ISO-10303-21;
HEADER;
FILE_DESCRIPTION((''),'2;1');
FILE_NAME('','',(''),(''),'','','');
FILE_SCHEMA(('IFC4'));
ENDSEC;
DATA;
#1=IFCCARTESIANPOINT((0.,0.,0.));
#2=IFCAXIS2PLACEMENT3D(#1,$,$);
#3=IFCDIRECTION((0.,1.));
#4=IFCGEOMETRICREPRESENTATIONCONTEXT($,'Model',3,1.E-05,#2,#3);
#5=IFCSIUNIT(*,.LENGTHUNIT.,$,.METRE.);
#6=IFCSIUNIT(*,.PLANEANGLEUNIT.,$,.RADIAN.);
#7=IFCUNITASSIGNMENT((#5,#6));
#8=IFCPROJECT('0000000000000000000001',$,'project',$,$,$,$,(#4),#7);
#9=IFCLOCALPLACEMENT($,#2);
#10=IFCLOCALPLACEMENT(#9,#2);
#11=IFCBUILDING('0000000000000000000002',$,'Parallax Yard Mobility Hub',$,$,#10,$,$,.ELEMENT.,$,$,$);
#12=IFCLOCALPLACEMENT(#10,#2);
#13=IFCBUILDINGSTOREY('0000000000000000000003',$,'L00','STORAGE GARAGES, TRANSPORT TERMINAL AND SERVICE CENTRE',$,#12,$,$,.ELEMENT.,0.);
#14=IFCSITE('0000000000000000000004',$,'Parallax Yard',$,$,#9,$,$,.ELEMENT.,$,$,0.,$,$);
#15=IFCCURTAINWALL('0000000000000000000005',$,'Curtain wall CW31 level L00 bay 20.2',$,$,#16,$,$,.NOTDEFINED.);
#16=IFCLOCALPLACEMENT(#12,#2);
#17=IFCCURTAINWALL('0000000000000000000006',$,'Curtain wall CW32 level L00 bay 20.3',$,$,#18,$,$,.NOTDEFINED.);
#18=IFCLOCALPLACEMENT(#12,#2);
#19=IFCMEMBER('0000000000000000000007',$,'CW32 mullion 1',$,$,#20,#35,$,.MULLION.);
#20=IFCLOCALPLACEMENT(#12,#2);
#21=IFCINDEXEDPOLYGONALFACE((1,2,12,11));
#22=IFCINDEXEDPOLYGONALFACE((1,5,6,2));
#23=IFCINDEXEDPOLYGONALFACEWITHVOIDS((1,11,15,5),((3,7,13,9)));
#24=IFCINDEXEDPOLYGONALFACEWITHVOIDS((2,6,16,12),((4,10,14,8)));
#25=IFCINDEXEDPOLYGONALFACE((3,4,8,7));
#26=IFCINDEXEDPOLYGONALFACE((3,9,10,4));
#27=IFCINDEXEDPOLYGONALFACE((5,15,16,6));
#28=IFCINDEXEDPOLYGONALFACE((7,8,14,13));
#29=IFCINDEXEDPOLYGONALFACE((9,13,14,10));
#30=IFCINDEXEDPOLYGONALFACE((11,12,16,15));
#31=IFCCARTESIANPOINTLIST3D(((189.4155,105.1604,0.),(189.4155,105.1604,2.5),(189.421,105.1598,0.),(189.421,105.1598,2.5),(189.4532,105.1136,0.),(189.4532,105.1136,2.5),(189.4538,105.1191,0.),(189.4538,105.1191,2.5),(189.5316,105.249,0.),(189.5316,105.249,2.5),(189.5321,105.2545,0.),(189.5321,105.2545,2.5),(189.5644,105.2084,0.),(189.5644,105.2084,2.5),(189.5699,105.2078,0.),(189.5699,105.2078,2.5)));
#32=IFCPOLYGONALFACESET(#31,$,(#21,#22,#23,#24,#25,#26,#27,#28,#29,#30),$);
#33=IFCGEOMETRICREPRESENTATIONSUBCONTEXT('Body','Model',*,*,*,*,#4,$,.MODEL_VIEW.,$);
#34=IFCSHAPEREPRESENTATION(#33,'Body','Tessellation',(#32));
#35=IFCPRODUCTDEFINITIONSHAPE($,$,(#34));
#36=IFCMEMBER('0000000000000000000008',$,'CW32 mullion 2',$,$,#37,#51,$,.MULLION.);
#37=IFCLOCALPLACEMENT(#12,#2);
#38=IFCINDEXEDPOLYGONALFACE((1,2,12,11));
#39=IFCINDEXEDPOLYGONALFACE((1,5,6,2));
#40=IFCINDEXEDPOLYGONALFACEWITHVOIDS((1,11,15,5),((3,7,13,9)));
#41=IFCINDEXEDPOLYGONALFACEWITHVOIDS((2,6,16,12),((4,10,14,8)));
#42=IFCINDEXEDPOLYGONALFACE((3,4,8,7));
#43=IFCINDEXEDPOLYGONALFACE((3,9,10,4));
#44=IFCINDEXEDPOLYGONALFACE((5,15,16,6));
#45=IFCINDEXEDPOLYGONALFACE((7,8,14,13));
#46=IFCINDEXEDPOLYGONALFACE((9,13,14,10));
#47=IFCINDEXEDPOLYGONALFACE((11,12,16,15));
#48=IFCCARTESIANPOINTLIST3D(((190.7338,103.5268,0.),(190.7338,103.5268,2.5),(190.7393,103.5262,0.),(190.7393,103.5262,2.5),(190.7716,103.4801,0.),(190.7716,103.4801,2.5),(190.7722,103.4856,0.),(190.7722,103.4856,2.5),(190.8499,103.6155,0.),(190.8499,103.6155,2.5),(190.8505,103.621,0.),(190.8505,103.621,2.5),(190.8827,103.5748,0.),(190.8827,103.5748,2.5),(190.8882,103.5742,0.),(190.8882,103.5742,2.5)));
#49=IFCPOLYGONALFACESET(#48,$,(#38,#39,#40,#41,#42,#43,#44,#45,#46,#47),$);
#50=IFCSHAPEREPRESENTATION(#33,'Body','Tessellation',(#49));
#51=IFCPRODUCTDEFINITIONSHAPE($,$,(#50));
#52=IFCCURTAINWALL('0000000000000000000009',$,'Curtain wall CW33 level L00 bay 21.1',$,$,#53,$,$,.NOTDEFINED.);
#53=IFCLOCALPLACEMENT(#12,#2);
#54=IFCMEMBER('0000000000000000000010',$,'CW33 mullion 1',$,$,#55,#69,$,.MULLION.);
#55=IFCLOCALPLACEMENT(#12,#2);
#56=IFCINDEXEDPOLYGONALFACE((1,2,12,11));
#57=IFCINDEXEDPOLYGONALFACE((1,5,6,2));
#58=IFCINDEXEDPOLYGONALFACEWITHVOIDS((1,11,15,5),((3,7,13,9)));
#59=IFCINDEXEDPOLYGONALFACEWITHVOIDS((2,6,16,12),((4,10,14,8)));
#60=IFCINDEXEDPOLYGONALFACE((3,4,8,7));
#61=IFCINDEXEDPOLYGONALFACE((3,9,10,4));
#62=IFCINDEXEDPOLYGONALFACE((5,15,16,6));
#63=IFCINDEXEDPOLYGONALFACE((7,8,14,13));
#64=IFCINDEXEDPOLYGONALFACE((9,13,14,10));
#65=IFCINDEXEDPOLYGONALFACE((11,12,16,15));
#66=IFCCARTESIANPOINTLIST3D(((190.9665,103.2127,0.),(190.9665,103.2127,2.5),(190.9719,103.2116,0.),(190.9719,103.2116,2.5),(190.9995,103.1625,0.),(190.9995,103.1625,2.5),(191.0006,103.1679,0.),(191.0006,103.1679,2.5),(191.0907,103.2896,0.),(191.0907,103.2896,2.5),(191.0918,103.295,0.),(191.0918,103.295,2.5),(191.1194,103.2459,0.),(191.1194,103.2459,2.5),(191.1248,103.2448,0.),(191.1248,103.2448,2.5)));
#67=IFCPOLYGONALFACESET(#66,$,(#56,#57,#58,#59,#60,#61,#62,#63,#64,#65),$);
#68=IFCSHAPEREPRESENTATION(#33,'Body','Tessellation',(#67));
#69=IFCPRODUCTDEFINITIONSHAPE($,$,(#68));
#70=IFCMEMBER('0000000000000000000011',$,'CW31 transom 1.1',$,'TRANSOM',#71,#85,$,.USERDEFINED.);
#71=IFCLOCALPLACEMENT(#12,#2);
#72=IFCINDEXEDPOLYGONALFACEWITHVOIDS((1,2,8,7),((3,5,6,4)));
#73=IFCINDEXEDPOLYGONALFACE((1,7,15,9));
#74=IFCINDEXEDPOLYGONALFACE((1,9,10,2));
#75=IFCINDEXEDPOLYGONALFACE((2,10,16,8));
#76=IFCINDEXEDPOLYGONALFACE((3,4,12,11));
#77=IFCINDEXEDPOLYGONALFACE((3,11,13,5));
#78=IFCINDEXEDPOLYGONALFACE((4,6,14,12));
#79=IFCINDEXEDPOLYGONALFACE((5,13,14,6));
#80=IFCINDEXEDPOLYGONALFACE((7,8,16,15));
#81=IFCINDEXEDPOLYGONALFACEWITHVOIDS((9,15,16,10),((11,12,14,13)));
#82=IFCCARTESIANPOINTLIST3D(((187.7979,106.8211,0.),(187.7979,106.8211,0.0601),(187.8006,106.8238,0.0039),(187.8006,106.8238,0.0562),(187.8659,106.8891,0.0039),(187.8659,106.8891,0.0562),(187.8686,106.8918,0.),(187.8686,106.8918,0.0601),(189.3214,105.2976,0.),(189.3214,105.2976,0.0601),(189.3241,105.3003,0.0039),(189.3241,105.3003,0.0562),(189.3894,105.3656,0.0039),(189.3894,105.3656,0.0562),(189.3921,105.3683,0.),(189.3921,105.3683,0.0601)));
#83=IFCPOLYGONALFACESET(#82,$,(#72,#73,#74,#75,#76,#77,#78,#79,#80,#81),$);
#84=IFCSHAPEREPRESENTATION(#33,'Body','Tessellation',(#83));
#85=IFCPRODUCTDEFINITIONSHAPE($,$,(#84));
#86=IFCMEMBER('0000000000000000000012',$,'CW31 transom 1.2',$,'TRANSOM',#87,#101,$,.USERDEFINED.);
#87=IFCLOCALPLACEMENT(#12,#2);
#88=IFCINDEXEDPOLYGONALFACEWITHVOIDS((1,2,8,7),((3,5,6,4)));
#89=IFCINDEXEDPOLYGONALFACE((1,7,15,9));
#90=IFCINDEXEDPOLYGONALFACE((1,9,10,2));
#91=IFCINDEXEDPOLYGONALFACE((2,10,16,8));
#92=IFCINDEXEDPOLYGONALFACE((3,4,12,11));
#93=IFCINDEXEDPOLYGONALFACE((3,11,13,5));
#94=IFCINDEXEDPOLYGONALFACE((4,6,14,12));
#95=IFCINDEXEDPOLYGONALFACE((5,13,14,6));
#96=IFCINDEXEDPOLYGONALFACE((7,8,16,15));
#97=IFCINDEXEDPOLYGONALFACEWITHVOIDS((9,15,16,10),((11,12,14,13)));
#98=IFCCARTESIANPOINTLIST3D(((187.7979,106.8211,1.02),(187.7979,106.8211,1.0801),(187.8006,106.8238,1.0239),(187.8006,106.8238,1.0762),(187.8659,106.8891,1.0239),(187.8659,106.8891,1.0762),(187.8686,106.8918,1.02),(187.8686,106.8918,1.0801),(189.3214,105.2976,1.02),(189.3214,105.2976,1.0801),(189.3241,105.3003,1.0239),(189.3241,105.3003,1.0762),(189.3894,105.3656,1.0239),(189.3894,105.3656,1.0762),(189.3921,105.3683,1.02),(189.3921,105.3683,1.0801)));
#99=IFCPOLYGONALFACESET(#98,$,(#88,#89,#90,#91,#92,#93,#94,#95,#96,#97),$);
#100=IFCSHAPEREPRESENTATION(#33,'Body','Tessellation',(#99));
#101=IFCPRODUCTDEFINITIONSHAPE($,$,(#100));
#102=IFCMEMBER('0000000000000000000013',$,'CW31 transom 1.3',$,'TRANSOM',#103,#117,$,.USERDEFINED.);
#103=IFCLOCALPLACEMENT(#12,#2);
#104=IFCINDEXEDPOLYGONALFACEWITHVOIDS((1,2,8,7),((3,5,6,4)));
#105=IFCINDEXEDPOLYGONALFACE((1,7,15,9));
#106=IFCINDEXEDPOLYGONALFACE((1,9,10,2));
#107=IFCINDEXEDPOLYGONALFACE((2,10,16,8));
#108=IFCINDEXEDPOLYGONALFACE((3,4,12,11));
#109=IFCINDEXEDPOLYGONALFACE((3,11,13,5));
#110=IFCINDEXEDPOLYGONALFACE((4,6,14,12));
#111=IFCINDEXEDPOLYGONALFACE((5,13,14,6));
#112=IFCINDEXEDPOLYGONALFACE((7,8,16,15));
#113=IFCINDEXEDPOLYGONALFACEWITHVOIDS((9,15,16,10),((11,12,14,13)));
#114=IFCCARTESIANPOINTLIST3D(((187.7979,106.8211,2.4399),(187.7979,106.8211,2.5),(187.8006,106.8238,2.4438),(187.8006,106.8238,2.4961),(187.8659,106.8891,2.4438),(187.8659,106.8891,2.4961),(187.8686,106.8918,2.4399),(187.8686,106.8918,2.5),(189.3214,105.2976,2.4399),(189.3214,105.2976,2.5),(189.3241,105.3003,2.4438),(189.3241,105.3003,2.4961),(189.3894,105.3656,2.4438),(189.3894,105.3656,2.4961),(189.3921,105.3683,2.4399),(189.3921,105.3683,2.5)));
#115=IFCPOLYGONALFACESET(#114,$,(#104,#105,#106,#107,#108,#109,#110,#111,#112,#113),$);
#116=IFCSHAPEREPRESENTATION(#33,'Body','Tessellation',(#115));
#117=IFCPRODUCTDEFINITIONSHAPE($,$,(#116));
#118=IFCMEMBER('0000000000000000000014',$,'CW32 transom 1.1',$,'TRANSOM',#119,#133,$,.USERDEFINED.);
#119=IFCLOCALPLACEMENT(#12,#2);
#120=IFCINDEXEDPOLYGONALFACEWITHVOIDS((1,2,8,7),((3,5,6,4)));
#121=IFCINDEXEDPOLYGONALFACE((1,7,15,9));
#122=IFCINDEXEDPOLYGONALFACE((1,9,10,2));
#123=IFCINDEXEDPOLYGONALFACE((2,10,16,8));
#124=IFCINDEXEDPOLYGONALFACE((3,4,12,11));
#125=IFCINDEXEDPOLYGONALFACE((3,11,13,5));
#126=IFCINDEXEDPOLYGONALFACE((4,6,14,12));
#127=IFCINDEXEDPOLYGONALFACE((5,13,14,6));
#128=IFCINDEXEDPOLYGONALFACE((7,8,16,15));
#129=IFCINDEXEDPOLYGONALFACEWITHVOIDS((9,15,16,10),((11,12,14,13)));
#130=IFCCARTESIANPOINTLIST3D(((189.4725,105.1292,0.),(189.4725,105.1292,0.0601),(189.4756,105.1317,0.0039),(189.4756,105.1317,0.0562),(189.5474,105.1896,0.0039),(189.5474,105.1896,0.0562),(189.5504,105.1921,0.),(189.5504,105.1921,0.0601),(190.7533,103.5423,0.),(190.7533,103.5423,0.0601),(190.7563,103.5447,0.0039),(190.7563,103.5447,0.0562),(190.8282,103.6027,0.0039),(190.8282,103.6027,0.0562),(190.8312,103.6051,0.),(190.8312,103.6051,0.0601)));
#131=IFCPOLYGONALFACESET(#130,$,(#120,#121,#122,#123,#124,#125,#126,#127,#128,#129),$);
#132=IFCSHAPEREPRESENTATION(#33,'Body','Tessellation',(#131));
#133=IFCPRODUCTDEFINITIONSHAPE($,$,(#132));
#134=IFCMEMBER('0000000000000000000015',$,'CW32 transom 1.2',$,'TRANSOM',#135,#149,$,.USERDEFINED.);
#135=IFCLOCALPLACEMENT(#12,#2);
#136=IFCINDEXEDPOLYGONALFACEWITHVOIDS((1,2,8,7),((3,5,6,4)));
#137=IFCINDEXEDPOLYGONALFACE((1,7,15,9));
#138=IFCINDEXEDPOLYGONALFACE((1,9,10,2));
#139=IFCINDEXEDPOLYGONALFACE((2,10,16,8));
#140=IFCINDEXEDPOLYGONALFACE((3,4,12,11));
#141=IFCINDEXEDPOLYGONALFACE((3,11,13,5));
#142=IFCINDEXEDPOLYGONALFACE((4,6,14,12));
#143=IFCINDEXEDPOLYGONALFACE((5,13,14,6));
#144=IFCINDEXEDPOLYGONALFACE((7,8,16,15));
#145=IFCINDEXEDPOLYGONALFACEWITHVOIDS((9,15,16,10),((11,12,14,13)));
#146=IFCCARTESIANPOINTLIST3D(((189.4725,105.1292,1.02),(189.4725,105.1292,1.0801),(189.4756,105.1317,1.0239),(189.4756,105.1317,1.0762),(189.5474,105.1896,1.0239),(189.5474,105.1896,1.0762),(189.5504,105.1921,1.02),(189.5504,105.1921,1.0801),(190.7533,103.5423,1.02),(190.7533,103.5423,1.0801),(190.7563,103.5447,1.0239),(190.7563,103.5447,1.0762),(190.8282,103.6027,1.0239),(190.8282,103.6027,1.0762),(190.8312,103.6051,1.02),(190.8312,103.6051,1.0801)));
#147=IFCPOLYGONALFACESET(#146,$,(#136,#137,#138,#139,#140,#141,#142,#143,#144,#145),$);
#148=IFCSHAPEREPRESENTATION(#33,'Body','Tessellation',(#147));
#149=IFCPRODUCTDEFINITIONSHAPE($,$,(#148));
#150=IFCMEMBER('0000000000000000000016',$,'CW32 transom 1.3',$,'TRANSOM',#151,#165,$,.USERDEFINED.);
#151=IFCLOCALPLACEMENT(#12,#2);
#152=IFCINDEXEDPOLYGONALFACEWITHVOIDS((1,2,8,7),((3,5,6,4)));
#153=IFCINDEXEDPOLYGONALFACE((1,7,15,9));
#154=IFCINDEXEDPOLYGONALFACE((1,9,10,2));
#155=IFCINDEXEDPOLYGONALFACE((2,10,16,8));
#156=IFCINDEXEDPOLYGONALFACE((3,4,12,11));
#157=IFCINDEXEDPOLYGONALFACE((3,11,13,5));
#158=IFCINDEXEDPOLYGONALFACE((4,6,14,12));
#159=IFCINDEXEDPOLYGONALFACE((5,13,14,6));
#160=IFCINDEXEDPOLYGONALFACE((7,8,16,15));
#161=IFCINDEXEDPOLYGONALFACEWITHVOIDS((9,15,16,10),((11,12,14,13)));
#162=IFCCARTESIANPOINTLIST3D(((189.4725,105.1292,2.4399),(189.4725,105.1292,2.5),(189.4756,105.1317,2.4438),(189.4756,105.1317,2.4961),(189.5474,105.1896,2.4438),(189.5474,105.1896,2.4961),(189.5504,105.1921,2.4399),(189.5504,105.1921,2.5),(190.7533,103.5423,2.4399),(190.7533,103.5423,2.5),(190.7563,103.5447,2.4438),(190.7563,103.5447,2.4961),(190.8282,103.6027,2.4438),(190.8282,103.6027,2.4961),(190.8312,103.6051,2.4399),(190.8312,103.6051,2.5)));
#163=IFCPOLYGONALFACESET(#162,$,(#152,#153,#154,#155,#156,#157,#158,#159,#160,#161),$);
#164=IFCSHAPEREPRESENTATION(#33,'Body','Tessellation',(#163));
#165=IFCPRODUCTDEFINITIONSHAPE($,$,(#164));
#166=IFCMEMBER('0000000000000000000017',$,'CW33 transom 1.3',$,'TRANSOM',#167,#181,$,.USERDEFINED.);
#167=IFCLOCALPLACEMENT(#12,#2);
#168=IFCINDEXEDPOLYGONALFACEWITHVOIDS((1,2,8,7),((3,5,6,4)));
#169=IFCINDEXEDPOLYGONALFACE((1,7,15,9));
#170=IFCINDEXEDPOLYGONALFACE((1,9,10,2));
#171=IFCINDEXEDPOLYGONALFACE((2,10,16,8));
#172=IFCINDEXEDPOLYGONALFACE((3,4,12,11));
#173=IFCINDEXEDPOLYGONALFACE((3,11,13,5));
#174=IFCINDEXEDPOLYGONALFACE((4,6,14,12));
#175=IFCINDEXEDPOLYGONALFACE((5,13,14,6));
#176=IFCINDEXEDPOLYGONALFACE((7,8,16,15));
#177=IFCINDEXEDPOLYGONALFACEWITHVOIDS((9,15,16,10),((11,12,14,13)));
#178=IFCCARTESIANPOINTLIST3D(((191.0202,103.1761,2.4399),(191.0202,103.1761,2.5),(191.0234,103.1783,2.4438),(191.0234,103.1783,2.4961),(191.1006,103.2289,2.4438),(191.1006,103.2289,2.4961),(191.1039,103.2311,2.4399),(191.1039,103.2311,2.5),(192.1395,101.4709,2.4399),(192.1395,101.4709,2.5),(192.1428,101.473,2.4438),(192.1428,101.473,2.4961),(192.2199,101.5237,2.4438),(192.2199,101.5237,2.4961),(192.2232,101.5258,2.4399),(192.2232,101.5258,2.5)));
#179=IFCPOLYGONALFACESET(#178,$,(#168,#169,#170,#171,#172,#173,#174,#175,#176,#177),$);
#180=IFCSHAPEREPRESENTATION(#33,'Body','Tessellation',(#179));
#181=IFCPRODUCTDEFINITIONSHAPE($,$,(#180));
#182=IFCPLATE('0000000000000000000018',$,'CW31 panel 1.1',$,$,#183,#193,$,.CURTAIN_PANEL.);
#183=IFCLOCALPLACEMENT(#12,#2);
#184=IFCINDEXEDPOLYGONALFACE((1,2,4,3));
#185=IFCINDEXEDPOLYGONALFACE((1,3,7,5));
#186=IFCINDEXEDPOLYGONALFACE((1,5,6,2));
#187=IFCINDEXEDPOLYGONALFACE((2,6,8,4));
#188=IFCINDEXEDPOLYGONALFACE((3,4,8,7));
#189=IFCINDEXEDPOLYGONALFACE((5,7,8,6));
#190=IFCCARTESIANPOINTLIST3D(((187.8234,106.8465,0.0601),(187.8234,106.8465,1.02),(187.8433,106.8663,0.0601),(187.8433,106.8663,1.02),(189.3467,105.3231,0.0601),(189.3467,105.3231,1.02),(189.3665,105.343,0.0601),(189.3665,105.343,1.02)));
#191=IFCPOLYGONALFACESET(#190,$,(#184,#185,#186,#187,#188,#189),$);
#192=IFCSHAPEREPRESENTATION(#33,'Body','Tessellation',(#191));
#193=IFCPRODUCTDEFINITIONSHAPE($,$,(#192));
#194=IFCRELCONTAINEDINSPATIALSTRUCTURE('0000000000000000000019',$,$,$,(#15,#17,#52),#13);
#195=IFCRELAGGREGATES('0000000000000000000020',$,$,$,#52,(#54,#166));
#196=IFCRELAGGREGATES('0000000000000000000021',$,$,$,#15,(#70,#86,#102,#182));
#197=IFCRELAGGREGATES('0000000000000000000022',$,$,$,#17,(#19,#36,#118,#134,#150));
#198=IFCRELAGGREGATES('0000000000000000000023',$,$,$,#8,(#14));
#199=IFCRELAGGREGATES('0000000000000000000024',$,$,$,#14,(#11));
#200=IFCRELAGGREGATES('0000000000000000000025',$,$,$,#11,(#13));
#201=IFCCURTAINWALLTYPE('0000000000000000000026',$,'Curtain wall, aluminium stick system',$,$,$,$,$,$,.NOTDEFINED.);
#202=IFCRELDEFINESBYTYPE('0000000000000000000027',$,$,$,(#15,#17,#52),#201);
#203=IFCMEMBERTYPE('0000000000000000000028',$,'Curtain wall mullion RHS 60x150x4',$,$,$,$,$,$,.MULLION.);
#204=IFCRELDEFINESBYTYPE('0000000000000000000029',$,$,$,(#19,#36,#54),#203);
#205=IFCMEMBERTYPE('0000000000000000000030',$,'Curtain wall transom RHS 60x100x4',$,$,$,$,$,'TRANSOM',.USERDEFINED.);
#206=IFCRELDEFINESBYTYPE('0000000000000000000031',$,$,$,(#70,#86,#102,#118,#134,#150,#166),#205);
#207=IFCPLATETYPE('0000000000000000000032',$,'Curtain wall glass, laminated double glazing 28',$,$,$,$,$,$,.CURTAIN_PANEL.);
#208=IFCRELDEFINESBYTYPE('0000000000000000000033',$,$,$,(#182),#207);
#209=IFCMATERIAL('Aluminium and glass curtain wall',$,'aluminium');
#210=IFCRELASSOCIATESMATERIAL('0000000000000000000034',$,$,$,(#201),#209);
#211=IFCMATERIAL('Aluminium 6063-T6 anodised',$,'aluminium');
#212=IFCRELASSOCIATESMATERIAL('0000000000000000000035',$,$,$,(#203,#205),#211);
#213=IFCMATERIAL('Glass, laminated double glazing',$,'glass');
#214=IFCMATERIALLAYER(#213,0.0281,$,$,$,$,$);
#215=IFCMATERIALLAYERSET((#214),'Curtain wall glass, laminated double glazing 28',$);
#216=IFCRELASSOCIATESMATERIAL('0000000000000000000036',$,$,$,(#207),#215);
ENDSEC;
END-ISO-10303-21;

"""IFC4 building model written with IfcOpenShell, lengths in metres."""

from ifc_helpers import new_model, si_unit, direction, frame, origin, origin_2d, place, context, subcontext, project, spatial, rectangle, hollow_rectangle, extrude, material, layer, layer_set, material_profile, profile_set, type_object, element, aggregate, save


model = new_model("IFC4")

# Units and contexts
model_context = context("Model", 3, precision=1e-05, world=origin(), true_north=direction((0.0, 1.0)))
body_context = subcontext(model_context, "Body", "Model", "MODEL_VIEW")
ifc_project = project(units=[si_unit("LENGTHUNIT", "METRE"), si_unit("PLANEANGLEUNIT", "RADIAN")], contexts=[model_context])

# Site, building, storey
site_placement = place(None, origin())
site = spatial("IfcSite", under=ifc_project, at=site_placement, Name="Parallax Yard", CompositionType="ELEMENT", RefElevation=0.0)
building_placement = place(site_placement, origin())
building = spatial("IfcBuilding", under=site, at=building_placement, Name="Parallax Yard Mobility Hub", CompositionType="ELEMENT")
storey_placement = place(building_placement, origin())
storey = spatial("IfcBuildingStorey", under=building, at=storey_placement, Name="L00", Description="STORAGE GARAGES, TRANSPORT TERMINAL AND SERVICE CENTRE", CompositionType="ELEMENT", Elevation=0.0)

# Shared definitions
ifc_material_1 = material(Name="Aluminium and glass curtain wall", Category="aluminium")
curtain_wall_type = type_object("IfcCurtainWallType", Name="Curtain wall, aluminium stick system", PredefinedType="NOTDEFINED", material=ifc_material_1)
ifc_material_2 = material(Name="Aluminium 6063-T6 anodised", Category="aluminium")
ifc_material_profile_1 = material_profile(ifc_material_2, hollow_rectangle(XDim=0.1499, YDim=0.0601, WallThickness=0.0039, at=origin_2d()), Name="RHS 60x150x4")
ifc_profile_set_1 = profile_set([ifc_material_profile_1], Name="Aluminium 6063-T6 anodised")
member_type_1 = type_object("IfcMemberType", Name="Curtain wall mullion RHS 60x150x4", PredefinedType="MULLION", material=ifc_profile_set_1)

# Curtain walls, members
curtain_wall_1_placement = place(storey_placement, origin())
curtain_wall_1 = element("IfcCurtainWall", 1, at=curtain_wall_1_placement, inside=storey, type_object=curtain_wall_type, Name="Curtain wall CW31 level L00 bay 20.2", PredefinedType="NOTDEFINED")
curtain_wall_2_placement = place(storey_placement, origin())
curtain_wall_2 = element("IfcCurtainWall", 2, at=curtain_wall_2_placement, inside=storey, type_object=curtain_wall_type, Name="Curtain wall CW32 level L00 bay 20.3", PredefinedType="NOTDEFINED")
member_1_placement = place(storey_placement, frame((189.4927, 105.1841, 0.0), z_axis=(0.0, 0.0, 1.0), x_axis=(0.778182, 0.628038, 0.0)))
member_1 = element("IfcMember", 3, at=member_1_placement, type_object=member_type_1, Name="CW32 mullion 1", PredefinedType="MULLION", context=body_context, shape_type="SweptSolid", body=[
    extrude(hollow_rectangle(XDim=0.1499, YDim=0.0601, WallThickness=0.0039, at=origin_2d()), origin(), (0.0, 0.0, 1.0), 2.5),
])
member_2_placement = place(storey_placement, frame((190.811, 103.5505, 0.0), z_axis=(0.0, 0.0, 1.0), x_axis=(0.778182, 0.628038, 0.0)))
member_2 = element("IfcMember", 4, at=member_2_placement, type_object=member_type_1, Name="CW32 mullion 2", PredefinedType="MULLION", context=body_context, shape_type="SweptSolid", body=[
    extrude(hollow_rectangle(XDim=0.1499, YDim=0.0601, WallThickness=0.0039, at=origin_2d()), origin(), (0.0, 0.0, 1.0), 2.5),
])

# Curtain wall, member
curtain_wall_3_placement = place(storey_placement, origin())
curtain_wall_3 = element("IfcCurtainWall", 5, at=curtain_wall_3_placement, inside=storey, type_object=curtain_wall_type, Name="Curtain wall CW33 level L00 bay 21.1", PredefinedType="NOTDEFINED")
member_3_placement = place(storey_placement, frame((191.0457, 103.2288, 0.0), z_axis=(0.0, 0.0, 1.0), x_axis=(0.835982, 0.548757, 0.0)))
member_3 = element("IfcMember", 6, at=member_3_placement, type_object=member_type_1, Name="CW33 mullion 1", PredefinedType="MULLION", context=body_context, shape_type="SweptSolid", body=[
    extrude(hollow_rectangle(XDim=0.1499, YDim=0.0601, WallThickness=0.0039, at=origin_2d()), origin(), (0.0, 0.0, 1.0), 2.5),
])

# Members
ifc_material_profile_2 = material_profile(ifc_material_2, hollow_rectangle(XDim=0.1001, YDim=0.0601, WallThickness=0.0039, at=origin_2d()), Name="RHS 60x100x4")
ifc_profile_set_2 = profile_set([ifc_material_profile_2], Name="Aluminium 6063-T6 anodised")
member_type_2 = type_object("IfcMemberType", Name="Curtain wall transom RHS 60x100x4", ElementType="TRANSOM", PredefinedType="USERDEFINED", material=ifc_profile_set_2)
member_4_placement = place(storey_placement, frame((187.8333, 106.8564, 0.03), z_axis=(0.707107, -0.707107, 0.0), x_axis=(0.707107, 0.707107, 0.0)))
member_4 = element("IfcMember", 7, at=member_4_placement, type_object=member_type_2, Name="CW31 transom 1.1", ObjectType="TRANSOM", PredefinedType="USERDEFINED", context=body_context, shape_type="SweptSolid", body=[
    extrude(hollow_rectangle(XDim=0.1001, YDim=0.0601, WallThickness=0.0039, at=origin_2d()), origin(), (0.0, 0.0, 1.0), 2.1545),
])
member_5_placement = place(storey_placement, frame((187.8333, 106.8564, 1.05), z_axis=(0.707107, -0.707107, 0.0), x_axis=(0.707107, 0.707107, 0.0)))
member_5 = element("IfcMember", 8, at=member_5_placement, type_object=member_type_2, Name="CW31 transom 1.2", ObjectType="TRANSOM", PredefinedType="USERDEFINED", context=body_context, shape_type="SweptSolid", body=[
    extrude(hollow_rectangle(XDim=0.1001, YDim=0.0601, WallThickness=0.0039, at=origin_2d()), origin(), (0.0, 0.0, 1.0), 2.1545),
])
member_6_placement = place(storey_placement, frame((187.8333, 106.8564, 2.47), z_axis=(0.707107, -0.707107, 0.0), x_axis=(0.707107, 0.707107, 0.0)))
member_6 = element("IfcMember", 9, at=member_6_placement, type_object=member_type_2, Name="CW31 transom 1.3", ObjectType="TRANSOM", PredefinedType="USERDEFINED", context=body_context, shape_type="SweptSolid", body=[
    extrude(hollow_rectangle(XDim=0.1001, YDim=0.0601, WallThickness=0.0039, at=origin_2d()), origin(), (0.0, 0.0, 1.0), 2.1545),
])
member_7_placement = place(storey_placement, frame((189.5115, 105.1606, 0.03), z_axis=(0.628047, -0.778175, 0.0), x_axis=(0.778175, 0.628047, 0.0)))
member_7 = element("IfcMember", 10, at=member_7_placement, type_object=member_type_2, Name="CW32 transom 1.1", ObjectType="TRANSOM", PredefinedType="USERDEFINED", context=body_context, shape_type="SweptSolid", body=[
    extrude(hollow_rectangle(XDim=0.1001, YDim=0.0601, WallThickness=0.0039, at=origin_2d()), origin(), (0.0, 0.0, 1.0), 2.0393),
])
member_8_placement = place(storey_placement, frame((189.5115, 105.1606, 1.05), z_axis=(0.628047, -0.778175, 0.0), x_axis=(0.778175, 0.628047, 0.0)))
member_8 = element("IfcMember", 11, at=member_8_placement, type_object=member_type_2, Name="CW32 transom 1.2", ObjectType="TRANSOM", PredefinedType="USERDEFINED", context=body_context, shape_type="SweptSolid", body=[
    extrude(hollow_rectangle(XDim=0.1001, YDim=0.0601, WallThickness=0.0039, at=origin_2d()), origin(), (0.0, 0.0, 1.0), 2.0393),
])
member_9_placement = place(storey_placement, frame((189.5115, 105.1606, 2.47), z_axis=(0.628047, -0.778175, 0.0), x_axis=(0.778175, 0.628047, 0.0)))
member_9 = element("IfcMember", 12, at=member_9_placement, type_object=member_type_2, Name="CW32 transom 1.3", ObjectType="TRANSOM", PredefinedType="USERDEFINED", context=body_context, shape_type="SweptSolid", body=[
    extrude(hollow_rectangle(XDim=0.1001, YDim=0.0601, WallThickness=0.0039, at=origin_2d()), origin(), (0.0, 0.0, 1.0), 2.0393),
])
member_10_placement = place(storey_placement, frame((191.062, 103.2036, 2.47), z_axis=(0.548748, -0.835988, 0.0), x_axis=(0.835988, 0.548748, 0.0)))
member_10 = element("IfcMember", 13, at=member_10_placement, type_object=member_type_2, Name="CW33 transom 1.3", ObjectType="TRANSOM", PredefinedType="USERDEFINED", context=body_context, shape_type="SweptSolid", body=[
    extrude(hollow_rectangle(XDim=0.1001, YDim=0.0601, WallThickness=0.0039, at=origin_2d()), origin(), (0.0, 0.0, 1.0), 2.0398),
])
aggregate(curtain_wall_3, [member_3, member_10])

# Plate
ifc_material_3 = material(Name="Glass, laminated double glazing", Category="glass")
ifc_layer_1 = layer(ifc_material_3, 0.0281)
ifc_layer_set_1 = layer_set([ifc_layer_1], Name="Curtain wall glass, laminated double glazing 28")
plate_type = type_object("IfcPlateType", Name="Curtain wall glass, laminated double glazing 28", PredefinedType="CURTAIN_PANEL", material=ifc_layer_set_1)
plate_1_placement = place(storey_placement, frame((188.595, 106.0947, 0.0601), z_axis=(0.0, 0.0, 1.0), x_axis=(0.707085, -0.707129, 0.0)))
plate_1 = element("IfcPlate", 14, at=plate_1_placement, type_object=plate_type, Name="CW31 panel 1.1", PredefinedType="CURTAIN_PANEL", context=body_context, shape_type="SweptSolid", body=[
    extrude(rectangle(XDim=2.1543, YDim=0.0281, at=origin_2d()), origin(), (0.0, 0.0, 1.0), 0.96),
])
aggregate(curtain_wall_1, [member_4, member_5, member_6, plate_1])
aggregate(curtain_wall_2, [member_1, member_2, member_7, member_8, member_9])

save(model, "model.ifc")
